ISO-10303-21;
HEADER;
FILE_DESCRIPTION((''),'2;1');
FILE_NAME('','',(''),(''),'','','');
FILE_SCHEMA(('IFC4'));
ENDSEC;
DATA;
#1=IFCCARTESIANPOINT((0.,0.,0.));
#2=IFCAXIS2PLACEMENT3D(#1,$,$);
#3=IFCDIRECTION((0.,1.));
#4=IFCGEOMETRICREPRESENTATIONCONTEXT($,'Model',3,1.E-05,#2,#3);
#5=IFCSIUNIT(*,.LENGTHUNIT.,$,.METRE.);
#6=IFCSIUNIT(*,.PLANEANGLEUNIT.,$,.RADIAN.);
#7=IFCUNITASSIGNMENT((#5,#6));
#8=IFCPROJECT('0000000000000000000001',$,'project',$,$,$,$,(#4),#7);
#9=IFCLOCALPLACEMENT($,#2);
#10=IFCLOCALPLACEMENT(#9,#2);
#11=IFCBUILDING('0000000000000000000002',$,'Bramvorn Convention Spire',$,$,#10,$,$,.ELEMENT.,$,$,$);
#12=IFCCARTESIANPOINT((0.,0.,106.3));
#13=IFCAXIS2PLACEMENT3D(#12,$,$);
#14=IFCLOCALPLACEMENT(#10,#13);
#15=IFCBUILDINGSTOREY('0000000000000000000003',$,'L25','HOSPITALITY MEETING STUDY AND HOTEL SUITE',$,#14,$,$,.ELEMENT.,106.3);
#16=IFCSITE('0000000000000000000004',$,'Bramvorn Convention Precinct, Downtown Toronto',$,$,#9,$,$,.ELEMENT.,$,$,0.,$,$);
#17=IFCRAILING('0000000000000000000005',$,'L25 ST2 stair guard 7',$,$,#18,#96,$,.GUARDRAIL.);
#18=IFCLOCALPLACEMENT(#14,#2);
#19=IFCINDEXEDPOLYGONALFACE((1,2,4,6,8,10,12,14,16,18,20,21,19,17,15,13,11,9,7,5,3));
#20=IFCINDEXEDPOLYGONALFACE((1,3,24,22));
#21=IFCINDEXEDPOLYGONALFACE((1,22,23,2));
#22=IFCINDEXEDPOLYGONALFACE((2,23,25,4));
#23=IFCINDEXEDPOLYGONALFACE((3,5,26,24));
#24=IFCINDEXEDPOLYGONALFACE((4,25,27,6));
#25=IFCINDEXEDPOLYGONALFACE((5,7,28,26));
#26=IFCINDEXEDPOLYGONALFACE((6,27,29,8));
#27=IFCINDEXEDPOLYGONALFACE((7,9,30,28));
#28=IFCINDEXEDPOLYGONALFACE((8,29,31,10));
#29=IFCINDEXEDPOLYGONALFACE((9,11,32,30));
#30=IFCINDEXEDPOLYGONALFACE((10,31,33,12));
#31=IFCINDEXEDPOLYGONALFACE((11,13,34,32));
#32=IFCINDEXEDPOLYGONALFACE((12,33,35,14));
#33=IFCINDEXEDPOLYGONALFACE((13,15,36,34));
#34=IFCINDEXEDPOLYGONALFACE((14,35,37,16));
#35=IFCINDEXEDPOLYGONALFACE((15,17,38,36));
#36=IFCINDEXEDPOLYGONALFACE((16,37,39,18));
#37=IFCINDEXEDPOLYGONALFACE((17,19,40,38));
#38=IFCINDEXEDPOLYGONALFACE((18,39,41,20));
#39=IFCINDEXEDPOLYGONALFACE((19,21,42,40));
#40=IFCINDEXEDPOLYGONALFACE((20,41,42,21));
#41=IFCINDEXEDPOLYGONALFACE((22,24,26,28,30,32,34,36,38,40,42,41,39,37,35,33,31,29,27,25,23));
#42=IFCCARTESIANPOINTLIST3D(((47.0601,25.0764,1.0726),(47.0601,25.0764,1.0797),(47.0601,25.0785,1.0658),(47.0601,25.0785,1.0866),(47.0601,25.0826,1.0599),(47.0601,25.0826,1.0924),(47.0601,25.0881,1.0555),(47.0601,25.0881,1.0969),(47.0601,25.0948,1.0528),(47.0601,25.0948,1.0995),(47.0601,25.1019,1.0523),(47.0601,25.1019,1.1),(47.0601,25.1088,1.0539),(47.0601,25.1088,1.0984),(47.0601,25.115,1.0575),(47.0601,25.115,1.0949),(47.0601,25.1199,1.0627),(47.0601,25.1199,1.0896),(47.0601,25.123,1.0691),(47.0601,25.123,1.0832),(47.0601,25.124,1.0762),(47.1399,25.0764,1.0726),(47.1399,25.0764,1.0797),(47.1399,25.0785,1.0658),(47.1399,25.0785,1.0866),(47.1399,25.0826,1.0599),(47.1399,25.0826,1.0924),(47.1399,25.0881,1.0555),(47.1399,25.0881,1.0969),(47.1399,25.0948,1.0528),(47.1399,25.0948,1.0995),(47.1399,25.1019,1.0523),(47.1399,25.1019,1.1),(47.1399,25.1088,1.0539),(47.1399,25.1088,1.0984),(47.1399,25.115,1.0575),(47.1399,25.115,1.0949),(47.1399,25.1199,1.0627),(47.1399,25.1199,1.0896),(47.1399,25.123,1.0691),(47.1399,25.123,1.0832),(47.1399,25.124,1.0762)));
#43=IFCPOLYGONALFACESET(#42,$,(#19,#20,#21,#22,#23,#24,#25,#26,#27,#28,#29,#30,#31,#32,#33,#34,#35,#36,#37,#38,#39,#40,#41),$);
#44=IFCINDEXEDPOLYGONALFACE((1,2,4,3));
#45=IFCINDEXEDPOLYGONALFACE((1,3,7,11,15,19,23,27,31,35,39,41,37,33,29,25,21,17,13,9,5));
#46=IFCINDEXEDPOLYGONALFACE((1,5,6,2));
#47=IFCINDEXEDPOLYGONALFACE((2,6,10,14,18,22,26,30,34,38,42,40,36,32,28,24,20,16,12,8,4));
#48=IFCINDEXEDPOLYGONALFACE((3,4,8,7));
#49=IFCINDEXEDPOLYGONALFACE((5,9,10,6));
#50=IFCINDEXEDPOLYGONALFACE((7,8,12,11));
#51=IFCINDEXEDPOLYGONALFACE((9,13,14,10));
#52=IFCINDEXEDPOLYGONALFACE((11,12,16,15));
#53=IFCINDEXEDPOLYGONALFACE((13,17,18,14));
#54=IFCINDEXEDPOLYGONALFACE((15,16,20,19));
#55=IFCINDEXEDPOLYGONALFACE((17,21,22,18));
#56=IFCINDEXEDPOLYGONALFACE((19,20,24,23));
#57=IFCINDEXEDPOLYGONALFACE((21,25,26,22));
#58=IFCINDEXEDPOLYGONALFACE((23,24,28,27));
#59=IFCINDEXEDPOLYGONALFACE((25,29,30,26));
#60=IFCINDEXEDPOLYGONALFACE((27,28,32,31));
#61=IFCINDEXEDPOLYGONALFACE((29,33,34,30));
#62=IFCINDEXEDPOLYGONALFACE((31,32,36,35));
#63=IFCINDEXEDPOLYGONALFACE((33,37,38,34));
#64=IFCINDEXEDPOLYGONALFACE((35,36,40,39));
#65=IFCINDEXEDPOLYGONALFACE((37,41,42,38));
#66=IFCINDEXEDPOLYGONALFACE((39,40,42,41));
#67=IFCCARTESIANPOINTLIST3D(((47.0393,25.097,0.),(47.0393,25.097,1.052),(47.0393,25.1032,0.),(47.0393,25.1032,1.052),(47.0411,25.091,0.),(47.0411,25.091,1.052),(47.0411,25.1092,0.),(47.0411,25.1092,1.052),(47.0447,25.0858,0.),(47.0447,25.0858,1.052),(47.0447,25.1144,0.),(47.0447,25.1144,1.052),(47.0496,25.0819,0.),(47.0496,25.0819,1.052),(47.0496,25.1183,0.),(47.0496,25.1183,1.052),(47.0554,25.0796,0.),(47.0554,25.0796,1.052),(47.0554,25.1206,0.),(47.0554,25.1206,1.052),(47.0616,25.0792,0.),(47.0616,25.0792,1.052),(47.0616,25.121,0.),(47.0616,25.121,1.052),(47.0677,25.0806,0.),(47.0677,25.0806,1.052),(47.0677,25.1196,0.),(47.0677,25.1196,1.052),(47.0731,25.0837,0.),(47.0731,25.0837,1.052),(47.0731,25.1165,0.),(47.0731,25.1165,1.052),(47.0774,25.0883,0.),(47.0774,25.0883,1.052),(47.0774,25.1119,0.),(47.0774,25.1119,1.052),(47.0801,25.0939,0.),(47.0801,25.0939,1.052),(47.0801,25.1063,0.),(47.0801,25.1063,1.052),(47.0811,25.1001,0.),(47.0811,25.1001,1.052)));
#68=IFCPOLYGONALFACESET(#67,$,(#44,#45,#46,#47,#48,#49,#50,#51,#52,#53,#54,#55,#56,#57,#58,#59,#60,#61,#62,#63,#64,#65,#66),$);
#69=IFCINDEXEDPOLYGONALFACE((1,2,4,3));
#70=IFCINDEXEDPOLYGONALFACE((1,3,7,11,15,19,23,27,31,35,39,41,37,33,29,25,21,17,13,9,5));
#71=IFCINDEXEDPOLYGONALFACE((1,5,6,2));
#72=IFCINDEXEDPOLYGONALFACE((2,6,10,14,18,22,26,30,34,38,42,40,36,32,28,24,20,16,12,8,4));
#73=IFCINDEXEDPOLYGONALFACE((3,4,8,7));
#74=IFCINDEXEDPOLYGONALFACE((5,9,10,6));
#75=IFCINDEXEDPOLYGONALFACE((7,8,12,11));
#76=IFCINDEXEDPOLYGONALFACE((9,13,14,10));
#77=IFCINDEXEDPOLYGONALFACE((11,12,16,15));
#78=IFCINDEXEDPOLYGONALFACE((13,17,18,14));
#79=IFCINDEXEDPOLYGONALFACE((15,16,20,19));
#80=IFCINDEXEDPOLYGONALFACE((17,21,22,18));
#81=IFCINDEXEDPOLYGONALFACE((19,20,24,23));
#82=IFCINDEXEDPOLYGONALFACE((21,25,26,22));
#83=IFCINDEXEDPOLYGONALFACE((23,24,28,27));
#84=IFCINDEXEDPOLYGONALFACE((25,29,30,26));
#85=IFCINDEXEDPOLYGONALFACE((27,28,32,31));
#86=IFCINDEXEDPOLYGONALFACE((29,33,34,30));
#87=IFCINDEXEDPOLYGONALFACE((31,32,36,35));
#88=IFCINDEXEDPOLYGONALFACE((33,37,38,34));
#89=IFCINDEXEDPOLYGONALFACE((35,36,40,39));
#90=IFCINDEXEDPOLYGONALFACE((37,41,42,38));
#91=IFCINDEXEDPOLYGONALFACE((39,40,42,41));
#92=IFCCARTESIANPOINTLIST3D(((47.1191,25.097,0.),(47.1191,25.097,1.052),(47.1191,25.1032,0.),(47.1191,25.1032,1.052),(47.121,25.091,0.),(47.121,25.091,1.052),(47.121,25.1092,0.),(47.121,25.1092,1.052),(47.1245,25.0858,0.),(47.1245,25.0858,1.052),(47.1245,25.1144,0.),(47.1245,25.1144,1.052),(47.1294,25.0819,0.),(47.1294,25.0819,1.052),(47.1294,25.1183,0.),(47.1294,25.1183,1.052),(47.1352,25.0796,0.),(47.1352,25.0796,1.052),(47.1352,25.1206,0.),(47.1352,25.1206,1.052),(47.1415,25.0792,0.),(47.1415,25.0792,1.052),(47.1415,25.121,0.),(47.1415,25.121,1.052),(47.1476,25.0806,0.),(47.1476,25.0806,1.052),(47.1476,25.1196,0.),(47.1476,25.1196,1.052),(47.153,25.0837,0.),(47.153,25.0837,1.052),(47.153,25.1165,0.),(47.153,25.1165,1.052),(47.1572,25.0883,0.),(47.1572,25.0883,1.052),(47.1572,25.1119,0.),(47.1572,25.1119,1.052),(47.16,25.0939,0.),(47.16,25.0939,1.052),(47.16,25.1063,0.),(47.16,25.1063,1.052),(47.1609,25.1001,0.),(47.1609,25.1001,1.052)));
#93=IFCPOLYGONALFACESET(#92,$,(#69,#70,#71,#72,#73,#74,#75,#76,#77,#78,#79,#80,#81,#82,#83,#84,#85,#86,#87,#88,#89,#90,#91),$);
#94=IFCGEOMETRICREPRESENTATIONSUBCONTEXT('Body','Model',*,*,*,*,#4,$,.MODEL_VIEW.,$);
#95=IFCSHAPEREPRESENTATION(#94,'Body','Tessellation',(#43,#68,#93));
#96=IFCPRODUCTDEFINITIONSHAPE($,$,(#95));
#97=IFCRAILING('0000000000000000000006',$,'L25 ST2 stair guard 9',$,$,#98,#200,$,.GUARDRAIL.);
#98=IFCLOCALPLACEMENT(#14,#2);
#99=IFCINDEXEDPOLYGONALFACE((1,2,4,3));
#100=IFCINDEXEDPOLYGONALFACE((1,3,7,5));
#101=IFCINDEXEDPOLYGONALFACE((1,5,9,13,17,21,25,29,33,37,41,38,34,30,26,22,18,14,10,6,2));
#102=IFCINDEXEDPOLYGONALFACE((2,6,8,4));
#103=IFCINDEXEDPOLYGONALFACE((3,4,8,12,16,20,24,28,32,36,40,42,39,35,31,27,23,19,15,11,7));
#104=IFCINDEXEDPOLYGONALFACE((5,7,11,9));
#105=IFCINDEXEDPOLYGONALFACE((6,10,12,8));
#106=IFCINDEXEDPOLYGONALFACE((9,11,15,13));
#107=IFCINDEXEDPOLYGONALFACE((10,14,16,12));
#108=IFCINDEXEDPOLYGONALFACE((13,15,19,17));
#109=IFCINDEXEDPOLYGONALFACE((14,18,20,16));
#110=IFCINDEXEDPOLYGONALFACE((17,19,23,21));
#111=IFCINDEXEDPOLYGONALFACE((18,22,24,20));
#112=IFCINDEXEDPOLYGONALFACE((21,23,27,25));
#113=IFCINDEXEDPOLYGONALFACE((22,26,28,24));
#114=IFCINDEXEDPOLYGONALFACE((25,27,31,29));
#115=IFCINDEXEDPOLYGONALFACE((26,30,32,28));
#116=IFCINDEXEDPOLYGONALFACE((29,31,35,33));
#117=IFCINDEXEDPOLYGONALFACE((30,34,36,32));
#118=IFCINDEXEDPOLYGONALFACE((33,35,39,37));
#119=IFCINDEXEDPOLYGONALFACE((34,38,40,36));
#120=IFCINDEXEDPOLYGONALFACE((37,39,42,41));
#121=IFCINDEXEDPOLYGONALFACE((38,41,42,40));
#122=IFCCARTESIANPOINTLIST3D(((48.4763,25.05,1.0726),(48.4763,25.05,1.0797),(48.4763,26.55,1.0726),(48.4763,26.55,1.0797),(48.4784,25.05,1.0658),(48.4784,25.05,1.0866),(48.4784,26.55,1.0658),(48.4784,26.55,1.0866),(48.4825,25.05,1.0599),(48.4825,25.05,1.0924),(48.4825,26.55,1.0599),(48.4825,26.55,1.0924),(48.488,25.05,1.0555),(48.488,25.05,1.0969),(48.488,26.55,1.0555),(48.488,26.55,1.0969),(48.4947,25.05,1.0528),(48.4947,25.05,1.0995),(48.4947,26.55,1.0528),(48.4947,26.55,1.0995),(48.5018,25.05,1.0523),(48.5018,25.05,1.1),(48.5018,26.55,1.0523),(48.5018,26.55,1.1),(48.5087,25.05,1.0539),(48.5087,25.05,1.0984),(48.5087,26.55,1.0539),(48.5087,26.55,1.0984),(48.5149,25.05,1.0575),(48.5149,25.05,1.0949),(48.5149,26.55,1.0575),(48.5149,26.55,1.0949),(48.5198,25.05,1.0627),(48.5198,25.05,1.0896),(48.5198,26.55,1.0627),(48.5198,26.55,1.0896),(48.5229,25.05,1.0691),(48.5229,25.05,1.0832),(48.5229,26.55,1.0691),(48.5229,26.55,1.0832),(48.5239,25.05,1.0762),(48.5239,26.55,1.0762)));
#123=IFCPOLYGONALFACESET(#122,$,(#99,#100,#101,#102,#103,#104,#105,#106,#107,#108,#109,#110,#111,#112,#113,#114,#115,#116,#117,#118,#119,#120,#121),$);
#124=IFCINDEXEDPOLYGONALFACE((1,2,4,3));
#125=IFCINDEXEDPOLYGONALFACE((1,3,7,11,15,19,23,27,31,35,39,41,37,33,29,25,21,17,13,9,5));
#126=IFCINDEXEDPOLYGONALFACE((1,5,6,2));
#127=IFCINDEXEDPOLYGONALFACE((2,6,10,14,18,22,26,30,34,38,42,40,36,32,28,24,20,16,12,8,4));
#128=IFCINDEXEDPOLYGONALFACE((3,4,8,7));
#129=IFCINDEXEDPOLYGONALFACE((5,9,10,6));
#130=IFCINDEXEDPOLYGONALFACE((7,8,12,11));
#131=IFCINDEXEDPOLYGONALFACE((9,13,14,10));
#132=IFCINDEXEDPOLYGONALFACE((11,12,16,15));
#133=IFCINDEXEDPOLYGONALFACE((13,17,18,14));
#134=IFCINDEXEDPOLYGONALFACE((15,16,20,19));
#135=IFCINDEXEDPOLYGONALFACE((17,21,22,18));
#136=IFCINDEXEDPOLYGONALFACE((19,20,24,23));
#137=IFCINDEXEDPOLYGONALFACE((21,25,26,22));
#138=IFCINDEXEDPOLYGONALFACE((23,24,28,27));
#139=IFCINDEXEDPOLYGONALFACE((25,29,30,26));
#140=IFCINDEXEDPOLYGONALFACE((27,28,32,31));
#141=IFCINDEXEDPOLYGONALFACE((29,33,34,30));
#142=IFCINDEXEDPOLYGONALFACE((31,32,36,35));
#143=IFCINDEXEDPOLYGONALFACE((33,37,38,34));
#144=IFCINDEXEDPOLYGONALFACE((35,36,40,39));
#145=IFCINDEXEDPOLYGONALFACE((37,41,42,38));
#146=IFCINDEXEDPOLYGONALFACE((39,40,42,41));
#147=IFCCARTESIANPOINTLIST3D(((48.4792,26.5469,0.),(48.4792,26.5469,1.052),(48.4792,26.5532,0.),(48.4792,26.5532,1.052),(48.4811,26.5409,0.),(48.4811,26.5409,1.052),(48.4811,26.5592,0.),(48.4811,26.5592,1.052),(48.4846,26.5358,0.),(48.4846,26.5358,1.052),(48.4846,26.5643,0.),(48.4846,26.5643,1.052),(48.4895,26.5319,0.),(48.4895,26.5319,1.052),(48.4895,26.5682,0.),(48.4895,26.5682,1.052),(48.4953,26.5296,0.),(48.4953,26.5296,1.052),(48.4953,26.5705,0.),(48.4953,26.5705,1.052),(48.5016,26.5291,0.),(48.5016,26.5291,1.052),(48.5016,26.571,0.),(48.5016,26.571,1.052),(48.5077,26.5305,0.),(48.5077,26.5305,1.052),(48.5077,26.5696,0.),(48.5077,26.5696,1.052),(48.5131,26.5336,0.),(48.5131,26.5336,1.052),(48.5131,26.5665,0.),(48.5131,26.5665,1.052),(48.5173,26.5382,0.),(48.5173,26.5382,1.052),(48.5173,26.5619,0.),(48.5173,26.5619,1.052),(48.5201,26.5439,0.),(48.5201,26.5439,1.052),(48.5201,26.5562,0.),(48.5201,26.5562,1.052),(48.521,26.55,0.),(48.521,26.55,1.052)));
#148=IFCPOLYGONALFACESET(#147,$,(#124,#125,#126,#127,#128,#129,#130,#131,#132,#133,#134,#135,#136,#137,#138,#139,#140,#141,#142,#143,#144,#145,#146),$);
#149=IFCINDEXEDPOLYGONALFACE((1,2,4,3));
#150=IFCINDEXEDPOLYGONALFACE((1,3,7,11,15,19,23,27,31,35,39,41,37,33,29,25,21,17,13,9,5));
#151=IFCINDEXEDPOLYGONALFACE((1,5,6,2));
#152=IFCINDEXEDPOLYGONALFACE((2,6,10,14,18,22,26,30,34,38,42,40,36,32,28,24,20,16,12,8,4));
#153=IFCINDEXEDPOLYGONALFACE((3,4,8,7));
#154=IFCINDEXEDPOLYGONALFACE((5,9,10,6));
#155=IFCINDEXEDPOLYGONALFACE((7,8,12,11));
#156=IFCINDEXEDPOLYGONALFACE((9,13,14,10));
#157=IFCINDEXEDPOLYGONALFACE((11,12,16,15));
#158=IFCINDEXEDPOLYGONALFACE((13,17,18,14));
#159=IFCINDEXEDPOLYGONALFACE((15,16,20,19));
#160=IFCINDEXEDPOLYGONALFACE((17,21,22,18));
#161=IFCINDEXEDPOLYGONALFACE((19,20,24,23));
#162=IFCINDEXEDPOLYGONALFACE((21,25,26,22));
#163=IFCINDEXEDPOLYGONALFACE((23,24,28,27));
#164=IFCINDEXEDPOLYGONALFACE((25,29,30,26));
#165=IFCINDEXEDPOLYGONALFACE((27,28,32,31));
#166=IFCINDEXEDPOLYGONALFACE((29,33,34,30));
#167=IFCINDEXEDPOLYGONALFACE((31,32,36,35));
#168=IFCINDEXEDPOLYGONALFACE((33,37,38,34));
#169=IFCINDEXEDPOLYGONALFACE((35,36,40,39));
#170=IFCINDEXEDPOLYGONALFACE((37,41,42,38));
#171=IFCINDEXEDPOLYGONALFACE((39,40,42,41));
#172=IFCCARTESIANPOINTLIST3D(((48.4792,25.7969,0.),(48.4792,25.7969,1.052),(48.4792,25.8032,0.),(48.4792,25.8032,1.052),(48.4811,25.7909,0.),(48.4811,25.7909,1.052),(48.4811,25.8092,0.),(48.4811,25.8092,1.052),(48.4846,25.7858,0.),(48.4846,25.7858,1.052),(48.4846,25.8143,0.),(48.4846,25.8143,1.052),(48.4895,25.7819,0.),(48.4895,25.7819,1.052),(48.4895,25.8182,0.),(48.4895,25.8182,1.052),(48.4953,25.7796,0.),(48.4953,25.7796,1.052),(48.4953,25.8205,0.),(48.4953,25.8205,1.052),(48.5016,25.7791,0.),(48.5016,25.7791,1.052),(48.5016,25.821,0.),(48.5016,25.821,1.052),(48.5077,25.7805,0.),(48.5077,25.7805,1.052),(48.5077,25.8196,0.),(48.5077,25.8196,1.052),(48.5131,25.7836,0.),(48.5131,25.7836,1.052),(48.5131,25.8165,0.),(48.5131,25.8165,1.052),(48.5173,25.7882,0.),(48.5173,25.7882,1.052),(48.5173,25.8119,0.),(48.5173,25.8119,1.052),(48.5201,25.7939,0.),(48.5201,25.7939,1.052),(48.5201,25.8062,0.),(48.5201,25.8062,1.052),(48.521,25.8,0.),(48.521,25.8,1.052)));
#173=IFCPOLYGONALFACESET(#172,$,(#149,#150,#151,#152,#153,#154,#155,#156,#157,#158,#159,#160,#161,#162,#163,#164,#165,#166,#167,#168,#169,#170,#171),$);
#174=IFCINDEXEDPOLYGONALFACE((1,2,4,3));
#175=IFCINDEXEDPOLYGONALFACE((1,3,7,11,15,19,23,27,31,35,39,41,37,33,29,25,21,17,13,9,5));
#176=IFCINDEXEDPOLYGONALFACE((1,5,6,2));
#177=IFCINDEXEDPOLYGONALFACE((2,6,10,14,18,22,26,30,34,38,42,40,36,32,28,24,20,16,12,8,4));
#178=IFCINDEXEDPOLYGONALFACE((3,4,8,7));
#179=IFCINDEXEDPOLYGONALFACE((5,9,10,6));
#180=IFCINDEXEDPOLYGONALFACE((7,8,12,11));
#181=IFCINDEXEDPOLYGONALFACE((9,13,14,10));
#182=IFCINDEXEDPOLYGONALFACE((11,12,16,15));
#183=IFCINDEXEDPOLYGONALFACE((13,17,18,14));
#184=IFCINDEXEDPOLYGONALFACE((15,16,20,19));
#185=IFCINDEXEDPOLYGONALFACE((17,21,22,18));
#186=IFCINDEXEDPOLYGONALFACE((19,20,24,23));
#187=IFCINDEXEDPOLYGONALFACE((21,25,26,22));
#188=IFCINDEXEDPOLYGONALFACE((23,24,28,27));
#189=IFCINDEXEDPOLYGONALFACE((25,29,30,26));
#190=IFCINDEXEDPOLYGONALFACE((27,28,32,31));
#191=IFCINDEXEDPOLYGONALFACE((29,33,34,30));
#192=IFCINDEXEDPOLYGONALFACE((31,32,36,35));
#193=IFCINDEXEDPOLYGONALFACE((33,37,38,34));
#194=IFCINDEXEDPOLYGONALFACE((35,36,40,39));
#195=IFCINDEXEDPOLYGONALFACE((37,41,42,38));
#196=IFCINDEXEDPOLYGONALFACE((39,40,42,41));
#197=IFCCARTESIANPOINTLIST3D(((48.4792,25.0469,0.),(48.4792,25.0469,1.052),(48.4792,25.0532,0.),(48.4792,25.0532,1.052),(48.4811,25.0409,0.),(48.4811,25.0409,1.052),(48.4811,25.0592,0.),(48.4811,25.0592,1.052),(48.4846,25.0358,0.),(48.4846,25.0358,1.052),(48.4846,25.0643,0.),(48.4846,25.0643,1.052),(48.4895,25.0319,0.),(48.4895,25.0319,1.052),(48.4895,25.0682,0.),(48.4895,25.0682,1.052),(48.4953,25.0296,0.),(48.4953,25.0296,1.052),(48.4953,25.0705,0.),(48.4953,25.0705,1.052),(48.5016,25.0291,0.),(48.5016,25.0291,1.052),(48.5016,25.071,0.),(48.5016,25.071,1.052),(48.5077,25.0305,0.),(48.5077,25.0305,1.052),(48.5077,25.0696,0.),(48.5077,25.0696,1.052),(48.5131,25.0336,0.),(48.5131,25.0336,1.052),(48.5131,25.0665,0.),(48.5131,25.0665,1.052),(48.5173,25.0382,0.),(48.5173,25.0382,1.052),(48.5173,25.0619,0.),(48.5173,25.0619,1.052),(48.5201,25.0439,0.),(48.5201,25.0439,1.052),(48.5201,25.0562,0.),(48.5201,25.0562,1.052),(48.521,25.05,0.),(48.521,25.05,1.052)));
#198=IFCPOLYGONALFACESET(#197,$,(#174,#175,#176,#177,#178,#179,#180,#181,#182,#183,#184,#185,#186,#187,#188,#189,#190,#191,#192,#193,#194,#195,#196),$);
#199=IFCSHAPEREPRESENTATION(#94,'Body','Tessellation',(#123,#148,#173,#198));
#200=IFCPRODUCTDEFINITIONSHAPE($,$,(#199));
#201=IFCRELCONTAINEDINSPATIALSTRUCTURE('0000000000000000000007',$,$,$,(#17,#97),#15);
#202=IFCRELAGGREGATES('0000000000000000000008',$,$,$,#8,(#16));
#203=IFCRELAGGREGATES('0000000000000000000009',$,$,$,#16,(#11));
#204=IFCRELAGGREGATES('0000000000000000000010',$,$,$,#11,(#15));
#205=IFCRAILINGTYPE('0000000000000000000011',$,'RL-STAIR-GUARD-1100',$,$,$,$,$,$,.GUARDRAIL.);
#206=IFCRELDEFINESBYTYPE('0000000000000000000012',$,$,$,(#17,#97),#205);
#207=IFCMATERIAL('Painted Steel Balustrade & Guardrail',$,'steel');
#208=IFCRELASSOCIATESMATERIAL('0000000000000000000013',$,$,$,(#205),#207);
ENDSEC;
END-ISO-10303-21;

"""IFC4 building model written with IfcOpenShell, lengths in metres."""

from ifc_helpers import new_model, si_unit, direction, frame, origin, origin_2d, place, context, subcontext, project, spatial, circle, extrude, material, type_object, element, save


model = new_model("IFC4")

# Units and contexts
model_context = context("Model", 3, precision=1e-05, world=origin(), true_north=direction((0.0, 1.0)))
body_context = subcontext(model_context, "Body", "Model", "MODEL_VIEW")
ifc_project = project(units=[si_unit("LENGTHUNIT", "METRE"), si_unit("PLANEANGLEUNIT", "RADIAN")], contexts=[model_context])

# Site, building, storey
site_placement = place(None, origin())
site = spatial("IfcSite", under=ifc_project, at=site_placement, Name="Bramvorn Convention Precinct, Downtown Toronto", CompositionType="ELEMENT", RefElevation=0.0)
building_placement = place(site_placement, origin())
building = spatial("IfcBuilding", under=site, at=building_placement, Name="Bramvorn Convention Spire", CompositionType="ELEMENT")
storey_placement = place(building_placement, frame((0.0, 0.0, 106.3)))
storey = spatial("IfcBuildingStorey", under=building, at=storey_placement, Name="L25", Description="HOSPITALITY MEETING STUDY AND HOTEL SUITE", CompositionType="ELEMENT", Elevation=106.3)

# Railings
ifc_material_1 = material(Name="Painted Steel Balustrade & Guardrail", Category="steel")
railing_type = type_object("IfcRailingType", Name="RL-STAIR-GUARD-1100", PredefinedType="GUARDRAIL", material=ifc_material_1)
railing_1_placement = place(storey_placement, frame((47.0601, 25.1001, 0.0)))
element("IfcRailing", 1, at=railing_1_placement, inside=storey, type_object=railing_type, Name="L25 ST2 stair guard 7", PredefinedType="GUARDRAIL", context=body_context, shape_type="SweptSolid", body=[
    extrude(circle(Radius=0.0239, at=origin_2d()), frame((0.0, 0.0, 1.0762), z_axis=(1.0, 0.0, 0.0), x_axis=(0.0, 1.0, 0.0)), (0.0, 0.0, 1.0), 0.0798),
    extrude(circle(Radius=0.021, at=origin_2d()), origin(), (0.0, 0.0, 1.0), 1.052),
    extrude(circle(Radius=0.021, at=origin_2d()), frame((0.0798, 0.0, 0.0)), (0.0, 0.0, 1.0), 1.052),
])
railing_2_placement = place(storey_placement, frame((48.5, 26.55, 0.0)))
element("IfcRailing", 2, at=railing_2_placement, inside=storey, type_object=railing_type, Name="L25 ST2 stair guard 9", PredefinedType="GUARDRAIL", context=body_context, shape_type="SweptSolid", body=[
    extrude(circle(Radius=0.0239, at=origin_2d()), frame((0.0, 0.0, 1.0762), z_axis=(0.0, -1.0, 0.0), x_axis=(1.0, 0.0, 0.0)), (0.0, 0.0, 1.0), 1.5),
    extrude(circle(Radius=0.021, at=origin_2d()), origin(), (0.0, 0.0, 1.0), 1.052),
    extrude(circle(Radius=0.021, at=origin_2d()), frame((0.0, -0.75, 0.0)), (0.0, 0.0, 1.0), 1.052),
    extrude(circle(Radius=0.021, at=origin_2d()), frame((0.0, -1.5, 0.0)), (0.0, 0.0, 1.0), 1.052),
])

save(model, "model.ifc")
